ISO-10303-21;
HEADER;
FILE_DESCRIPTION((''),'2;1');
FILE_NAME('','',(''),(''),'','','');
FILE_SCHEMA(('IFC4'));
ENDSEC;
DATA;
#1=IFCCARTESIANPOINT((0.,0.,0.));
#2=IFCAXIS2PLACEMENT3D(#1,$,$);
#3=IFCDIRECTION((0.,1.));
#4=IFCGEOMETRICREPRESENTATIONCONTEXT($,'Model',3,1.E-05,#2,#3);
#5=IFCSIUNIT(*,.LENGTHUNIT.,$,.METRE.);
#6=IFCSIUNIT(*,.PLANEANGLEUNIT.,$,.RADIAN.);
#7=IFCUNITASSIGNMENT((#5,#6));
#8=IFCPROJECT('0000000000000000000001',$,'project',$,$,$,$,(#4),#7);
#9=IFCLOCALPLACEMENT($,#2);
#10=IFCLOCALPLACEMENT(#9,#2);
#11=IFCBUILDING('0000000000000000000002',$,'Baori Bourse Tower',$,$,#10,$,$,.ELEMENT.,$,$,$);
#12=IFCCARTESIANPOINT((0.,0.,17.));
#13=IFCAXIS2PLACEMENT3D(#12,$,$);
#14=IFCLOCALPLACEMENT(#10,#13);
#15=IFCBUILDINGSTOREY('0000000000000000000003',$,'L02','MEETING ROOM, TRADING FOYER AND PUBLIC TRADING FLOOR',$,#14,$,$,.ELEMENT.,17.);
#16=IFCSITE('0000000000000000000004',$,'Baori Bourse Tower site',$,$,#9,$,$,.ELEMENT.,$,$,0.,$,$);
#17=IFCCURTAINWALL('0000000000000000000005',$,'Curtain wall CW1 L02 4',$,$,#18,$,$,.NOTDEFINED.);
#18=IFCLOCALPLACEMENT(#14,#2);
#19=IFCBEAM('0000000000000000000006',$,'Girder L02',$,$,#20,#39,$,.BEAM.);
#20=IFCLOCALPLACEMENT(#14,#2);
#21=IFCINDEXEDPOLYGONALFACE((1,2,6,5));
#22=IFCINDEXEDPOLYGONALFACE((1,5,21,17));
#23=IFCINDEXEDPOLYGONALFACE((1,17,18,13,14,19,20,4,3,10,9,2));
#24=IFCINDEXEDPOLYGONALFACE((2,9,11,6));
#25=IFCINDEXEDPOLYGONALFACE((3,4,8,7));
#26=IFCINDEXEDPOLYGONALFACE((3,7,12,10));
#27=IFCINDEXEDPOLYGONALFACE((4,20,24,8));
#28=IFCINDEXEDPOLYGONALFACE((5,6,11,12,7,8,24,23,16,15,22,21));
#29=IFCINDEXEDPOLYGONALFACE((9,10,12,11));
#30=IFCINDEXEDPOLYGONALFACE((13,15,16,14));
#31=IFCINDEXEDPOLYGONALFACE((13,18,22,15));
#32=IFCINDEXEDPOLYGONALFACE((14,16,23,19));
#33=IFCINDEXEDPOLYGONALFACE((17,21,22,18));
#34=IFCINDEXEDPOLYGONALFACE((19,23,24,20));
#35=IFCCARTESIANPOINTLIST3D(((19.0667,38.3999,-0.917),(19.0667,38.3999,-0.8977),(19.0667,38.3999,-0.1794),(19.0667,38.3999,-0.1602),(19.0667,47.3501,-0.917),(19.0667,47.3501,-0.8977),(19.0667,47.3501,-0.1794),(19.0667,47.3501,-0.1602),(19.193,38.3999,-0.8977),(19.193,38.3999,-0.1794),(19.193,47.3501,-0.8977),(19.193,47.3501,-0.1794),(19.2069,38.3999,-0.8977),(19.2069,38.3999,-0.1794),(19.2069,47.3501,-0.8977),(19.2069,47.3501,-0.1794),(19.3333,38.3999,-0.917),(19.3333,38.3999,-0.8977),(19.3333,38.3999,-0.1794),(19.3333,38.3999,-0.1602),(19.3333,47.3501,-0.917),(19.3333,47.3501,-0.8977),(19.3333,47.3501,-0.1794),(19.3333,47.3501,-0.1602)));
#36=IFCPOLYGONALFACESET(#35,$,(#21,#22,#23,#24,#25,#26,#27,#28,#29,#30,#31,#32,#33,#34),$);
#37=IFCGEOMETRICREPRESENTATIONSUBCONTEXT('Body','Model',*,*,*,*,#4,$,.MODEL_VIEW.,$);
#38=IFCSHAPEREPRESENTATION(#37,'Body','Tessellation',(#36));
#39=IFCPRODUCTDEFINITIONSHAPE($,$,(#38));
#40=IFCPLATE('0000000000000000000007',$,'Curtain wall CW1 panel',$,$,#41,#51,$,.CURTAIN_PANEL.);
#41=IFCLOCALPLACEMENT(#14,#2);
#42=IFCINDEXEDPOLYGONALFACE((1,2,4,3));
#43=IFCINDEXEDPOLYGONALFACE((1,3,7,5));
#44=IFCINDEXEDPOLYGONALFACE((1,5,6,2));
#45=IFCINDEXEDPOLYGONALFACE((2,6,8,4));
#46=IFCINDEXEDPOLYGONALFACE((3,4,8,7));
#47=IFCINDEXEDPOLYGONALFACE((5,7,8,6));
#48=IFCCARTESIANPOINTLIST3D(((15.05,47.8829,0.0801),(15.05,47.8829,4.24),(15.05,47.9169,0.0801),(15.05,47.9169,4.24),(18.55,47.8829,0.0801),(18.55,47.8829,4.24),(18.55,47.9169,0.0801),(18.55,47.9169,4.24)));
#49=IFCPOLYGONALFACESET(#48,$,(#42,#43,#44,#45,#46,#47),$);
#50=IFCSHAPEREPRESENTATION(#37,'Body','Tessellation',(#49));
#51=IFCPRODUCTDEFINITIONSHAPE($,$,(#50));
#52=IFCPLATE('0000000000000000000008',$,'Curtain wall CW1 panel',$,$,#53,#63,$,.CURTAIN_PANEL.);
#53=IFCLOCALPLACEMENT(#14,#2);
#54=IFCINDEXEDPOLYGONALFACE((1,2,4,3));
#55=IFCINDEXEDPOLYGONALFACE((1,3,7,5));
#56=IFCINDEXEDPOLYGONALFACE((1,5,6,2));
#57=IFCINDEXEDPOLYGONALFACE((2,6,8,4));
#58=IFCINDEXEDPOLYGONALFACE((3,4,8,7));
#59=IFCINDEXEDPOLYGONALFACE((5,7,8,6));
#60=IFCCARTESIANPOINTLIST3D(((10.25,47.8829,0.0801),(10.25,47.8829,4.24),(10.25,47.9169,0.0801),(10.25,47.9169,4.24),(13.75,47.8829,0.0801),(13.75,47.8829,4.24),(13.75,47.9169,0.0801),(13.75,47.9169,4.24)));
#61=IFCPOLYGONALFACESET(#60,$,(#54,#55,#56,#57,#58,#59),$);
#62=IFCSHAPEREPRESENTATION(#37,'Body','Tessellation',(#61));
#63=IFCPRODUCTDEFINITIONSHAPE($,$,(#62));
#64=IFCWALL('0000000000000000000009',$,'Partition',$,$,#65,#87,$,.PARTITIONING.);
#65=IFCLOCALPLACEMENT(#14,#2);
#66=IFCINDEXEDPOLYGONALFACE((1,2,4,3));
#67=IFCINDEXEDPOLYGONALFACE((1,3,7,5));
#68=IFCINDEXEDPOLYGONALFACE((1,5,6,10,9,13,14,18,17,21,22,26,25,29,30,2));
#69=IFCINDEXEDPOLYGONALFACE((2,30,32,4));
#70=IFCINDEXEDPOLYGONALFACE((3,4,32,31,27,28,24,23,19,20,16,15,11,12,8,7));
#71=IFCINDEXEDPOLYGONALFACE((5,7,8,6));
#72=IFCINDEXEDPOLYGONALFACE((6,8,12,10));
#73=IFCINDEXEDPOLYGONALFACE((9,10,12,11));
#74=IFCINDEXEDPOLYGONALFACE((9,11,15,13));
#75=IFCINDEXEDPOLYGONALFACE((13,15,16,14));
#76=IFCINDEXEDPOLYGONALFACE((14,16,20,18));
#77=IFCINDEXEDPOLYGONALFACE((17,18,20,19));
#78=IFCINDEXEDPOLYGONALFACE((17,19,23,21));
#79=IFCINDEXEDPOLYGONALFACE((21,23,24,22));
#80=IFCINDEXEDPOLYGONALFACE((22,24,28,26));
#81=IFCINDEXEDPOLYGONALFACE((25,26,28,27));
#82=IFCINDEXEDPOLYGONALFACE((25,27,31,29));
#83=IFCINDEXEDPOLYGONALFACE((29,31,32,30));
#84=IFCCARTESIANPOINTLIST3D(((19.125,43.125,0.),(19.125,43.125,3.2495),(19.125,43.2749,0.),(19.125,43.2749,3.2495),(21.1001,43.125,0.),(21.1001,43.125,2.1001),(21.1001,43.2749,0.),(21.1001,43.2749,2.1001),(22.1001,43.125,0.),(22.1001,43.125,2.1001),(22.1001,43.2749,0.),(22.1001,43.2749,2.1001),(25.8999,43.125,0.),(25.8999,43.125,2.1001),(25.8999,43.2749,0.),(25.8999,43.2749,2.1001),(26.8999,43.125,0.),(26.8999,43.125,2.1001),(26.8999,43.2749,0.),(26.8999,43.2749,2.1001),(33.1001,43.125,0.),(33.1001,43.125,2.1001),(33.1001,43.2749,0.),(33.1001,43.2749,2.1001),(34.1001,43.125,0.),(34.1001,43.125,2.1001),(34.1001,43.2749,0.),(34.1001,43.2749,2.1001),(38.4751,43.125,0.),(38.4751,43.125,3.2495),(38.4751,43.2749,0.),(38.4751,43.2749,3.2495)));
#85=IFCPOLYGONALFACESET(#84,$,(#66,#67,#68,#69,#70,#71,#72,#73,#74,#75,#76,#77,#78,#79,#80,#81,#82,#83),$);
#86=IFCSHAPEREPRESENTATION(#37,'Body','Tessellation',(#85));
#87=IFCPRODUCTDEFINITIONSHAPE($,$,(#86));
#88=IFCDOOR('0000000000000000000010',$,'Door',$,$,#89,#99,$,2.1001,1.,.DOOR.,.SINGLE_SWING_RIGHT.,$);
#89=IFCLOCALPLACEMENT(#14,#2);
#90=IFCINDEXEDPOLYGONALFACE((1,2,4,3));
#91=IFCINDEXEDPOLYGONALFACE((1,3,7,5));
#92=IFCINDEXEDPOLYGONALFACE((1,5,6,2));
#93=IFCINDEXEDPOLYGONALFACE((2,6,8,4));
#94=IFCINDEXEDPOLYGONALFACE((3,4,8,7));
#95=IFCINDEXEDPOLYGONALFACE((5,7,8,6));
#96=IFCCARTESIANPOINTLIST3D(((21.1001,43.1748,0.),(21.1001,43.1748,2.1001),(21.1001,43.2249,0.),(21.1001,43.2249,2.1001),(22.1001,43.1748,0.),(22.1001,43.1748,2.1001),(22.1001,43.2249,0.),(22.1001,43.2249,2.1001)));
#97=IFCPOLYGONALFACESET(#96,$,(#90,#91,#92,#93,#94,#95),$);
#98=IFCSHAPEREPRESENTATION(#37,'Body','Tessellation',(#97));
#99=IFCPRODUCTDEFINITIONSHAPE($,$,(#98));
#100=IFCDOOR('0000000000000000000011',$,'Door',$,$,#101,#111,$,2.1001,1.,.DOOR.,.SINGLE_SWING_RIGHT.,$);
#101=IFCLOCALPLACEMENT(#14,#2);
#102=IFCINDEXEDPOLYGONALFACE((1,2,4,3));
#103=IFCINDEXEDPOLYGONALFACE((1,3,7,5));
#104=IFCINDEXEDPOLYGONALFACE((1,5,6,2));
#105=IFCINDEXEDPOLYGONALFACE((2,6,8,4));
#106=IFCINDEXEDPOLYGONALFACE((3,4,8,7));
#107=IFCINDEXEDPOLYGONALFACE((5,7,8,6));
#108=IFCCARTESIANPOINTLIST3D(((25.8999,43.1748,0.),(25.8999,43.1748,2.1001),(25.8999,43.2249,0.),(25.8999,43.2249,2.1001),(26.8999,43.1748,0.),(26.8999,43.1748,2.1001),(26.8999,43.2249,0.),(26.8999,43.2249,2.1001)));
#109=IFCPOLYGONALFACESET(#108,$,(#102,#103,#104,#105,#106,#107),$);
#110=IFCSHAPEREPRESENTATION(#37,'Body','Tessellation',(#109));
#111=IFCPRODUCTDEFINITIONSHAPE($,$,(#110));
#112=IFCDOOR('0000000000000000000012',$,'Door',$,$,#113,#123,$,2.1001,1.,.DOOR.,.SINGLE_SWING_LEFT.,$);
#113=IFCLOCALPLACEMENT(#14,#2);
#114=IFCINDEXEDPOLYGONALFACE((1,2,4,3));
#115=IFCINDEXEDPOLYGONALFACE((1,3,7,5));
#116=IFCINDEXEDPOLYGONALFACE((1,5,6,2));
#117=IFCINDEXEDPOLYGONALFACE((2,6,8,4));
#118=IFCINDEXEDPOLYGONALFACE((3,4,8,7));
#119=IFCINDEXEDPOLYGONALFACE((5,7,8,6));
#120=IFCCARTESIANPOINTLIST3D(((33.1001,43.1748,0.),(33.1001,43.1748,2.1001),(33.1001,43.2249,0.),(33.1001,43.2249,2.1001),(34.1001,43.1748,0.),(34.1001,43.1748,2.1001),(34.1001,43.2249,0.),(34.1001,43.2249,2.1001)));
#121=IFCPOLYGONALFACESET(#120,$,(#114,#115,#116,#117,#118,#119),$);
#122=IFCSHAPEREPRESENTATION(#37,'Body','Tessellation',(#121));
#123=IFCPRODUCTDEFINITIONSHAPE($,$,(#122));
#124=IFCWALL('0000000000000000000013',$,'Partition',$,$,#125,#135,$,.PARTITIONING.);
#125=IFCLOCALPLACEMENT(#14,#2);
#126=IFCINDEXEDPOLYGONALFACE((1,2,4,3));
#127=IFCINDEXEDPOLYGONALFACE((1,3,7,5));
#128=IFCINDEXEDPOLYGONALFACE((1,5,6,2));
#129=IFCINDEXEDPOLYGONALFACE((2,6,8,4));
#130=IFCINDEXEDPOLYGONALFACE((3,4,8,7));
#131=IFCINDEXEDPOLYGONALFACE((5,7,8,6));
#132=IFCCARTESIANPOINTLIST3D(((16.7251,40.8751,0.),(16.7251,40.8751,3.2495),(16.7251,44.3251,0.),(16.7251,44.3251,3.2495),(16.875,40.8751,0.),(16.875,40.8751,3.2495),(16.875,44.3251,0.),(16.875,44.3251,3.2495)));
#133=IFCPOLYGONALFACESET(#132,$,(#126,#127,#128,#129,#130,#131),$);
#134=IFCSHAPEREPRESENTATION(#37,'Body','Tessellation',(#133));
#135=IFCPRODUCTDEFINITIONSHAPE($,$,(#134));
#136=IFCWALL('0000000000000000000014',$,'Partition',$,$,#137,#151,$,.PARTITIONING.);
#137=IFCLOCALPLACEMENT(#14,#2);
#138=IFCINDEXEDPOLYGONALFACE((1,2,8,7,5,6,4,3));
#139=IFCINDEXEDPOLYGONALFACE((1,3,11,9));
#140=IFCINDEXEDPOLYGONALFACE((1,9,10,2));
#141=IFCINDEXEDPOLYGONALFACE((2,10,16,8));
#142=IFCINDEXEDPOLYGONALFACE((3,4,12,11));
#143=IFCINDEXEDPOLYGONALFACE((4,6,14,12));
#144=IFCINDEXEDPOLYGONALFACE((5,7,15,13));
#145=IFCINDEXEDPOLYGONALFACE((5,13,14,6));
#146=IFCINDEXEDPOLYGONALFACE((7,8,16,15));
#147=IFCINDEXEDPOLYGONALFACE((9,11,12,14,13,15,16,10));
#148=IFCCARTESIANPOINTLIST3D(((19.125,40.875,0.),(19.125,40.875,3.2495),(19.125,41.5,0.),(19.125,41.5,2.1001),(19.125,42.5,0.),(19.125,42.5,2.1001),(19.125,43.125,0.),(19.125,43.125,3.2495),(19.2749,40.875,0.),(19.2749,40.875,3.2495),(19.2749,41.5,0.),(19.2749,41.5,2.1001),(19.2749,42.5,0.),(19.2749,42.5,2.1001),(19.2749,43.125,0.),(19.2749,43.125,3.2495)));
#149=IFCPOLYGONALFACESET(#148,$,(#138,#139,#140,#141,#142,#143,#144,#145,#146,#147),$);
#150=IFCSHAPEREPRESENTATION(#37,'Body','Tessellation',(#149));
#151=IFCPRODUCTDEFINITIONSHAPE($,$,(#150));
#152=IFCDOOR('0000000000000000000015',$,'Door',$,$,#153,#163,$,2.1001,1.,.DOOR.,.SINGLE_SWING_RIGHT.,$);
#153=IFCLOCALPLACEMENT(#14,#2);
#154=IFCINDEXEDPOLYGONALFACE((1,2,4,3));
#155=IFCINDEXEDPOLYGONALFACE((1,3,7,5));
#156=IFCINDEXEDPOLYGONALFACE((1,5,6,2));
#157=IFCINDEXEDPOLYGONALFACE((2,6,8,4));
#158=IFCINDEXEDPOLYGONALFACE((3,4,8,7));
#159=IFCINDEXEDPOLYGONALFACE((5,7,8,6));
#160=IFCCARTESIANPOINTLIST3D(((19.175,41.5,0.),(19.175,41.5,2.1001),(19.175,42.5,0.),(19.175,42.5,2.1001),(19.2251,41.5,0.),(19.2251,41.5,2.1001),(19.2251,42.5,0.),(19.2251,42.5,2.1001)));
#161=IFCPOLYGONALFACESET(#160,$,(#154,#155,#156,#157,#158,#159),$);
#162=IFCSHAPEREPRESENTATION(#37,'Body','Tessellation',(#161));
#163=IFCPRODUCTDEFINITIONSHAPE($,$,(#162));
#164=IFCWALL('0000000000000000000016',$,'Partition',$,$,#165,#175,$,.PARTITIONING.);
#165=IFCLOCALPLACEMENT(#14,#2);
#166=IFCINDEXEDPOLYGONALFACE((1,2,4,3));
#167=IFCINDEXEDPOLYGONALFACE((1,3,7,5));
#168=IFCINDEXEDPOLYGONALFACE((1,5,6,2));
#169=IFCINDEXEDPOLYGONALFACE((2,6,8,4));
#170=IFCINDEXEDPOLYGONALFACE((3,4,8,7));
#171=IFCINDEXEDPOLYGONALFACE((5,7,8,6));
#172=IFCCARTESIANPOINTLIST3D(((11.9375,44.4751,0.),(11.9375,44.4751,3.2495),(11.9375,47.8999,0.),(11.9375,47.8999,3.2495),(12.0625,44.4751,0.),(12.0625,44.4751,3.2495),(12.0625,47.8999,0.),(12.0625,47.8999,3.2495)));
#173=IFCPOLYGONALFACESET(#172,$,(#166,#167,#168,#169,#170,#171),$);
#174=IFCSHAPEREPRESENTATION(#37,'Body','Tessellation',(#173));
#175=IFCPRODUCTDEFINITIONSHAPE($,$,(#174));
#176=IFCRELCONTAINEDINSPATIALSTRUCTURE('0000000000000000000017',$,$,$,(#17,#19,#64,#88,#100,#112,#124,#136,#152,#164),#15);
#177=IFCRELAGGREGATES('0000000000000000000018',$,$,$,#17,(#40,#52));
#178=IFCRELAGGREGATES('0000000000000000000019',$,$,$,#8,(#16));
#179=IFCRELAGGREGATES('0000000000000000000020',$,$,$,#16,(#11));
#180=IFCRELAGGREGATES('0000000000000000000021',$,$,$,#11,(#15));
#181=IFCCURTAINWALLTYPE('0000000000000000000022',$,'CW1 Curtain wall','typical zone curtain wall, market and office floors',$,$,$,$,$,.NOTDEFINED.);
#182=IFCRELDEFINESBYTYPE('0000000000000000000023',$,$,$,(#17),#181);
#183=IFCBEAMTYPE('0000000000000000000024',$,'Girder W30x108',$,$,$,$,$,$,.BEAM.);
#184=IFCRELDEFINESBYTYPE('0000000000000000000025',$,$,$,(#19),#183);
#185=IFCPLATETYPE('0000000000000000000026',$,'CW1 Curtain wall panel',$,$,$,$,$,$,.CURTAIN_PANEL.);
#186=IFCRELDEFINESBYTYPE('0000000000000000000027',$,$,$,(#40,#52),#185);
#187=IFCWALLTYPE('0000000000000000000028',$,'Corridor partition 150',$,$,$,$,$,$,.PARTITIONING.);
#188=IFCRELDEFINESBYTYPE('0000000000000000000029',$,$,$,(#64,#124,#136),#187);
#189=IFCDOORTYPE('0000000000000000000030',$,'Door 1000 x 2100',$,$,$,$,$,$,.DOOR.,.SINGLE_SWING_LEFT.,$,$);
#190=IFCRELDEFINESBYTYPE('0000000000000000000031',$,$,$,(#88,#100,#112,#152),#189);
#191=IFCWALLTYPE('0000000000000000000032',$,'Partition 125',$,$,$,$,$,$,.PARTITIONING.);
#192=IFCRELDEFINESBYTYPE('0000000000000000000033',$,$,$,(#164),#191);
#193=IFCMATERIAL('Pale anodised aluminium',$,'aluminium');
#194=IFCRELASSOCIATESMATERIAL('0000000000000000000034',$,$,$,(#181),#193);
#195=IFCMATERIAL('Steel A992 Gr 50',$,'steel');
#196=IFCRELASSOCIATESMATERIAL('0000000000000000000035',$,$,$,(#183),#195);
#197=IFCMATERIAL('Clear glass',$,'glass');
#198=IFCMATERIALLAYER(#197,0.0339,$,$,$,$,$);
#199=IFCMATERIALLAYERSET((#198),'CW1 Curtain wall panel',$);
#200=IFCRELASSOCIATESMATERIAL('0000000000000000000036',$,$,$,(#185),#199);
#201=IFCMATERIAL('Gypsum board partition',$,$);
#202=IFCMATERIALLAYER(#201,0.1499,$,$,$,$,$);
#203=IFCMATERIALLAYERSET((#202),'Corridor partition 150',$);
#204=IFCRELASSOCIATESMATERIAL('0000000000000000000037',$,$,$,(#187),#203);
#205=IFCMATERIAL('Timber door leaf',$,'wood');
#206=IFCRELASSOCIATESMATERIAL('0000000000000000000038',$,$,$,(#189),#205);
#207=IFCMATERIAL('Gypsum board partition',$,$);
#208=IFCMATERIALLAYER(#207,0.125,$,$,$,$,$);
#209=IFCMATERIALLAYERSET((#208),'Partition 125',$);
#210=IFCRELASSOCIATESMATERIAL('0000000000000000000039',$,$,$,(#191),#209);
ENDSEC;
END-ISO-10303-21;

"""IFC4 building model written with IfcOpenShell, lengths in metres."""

from ifc_helpers import new_model, si_unit, direction, frame, frame_2d, origin, origin_2d, place, context, subcontext, project, spatial, rectangle, i_section, extrude, material, layer, layer_set, material_profile, profile_set, type_object, element, fill, aggregate, save


model = new_model("IFC4")

# Units and contexts
model_context = context("Model", 3, precision=1e-05, world=origin(), true_north=direction((0.0, 1.0)))
body_context = subcontext(model_context, "Body", "Model", "MODEL_VIEW")
ifc_project = project(units=[si_unit("LENGTHUNIT", "METRE"), si_unit("PLANEANGLEUNIT", "RADIAN")], contexts=[model_context])

# Site, building, storey
site_placement = place(None, origin())
site = spatial("IfcSite", under=ifc_project, at=site_placement, Name="Baori Bourse Tower site", CompositionType="ELEMENT", RefElevation=0.0)
building_placement = place(site_placement, origin())
building = spatial("IfcBuilding", under=site, at=building_placement, Name="Baori Bourse Tower", CompositionType="ELEMENT")
storey_placement = place(building_placement, frame((0.0, 0.0, 17.0)))
storey = spatial("IfcBuildingStorey", under=building, at=storey_placement, Name="L02", Description="MEETING ROOM, TRADING FOYER AND PUBLIC TRADING FLOOR", CompositionType="ELEMENT", Elevation=17.0)

# Curtain wall
ifc_material_1 = material(Name="Pale anodised aluminium", Category="aluminium")
curtain_wall_type = type_object("IfcCurtainWallType", Name="CW1 Curtain wall", Description="typical zone curtain wall, market and office floors", PredefinedType="NOTDEFINED", material=ifc_material_1)
curtain_wall_placement = place(storey_placement, origin())
curtain_wall = element("IfcCurtainWall", 1, at=curtain_wall_placement, inside=storey, type_object=curtain_wall_type, Name="Curtain wall CW1 L02 4", PredefinedType="NOTDEFINED")

# Beam
ifc_material_2 = material(Name="Steel A992 Gr 50", Category="steel")
ifc_material_profile_1 = material_profile(ifc_material_2, i_section(OverallWidth=0.2666, OverallDepth=0.7568, WebThickness=0.0139, FlangeThickness=0.0193, at=origin_2d()), Name="W30x108")
ifc_profile_set_1 = profile_set([ifc_material_profile_1], Name="Steel A992 Gr 50")
beam_type_1 = type_object("IfcBeamType", Name="Girder W30x108", PredefinedType="BEAM", material=ifc_profile_set_1)
beam_1_placement = place(storey_placement, frame((19.2, 38.3999, -0.5386), z_axis=(0.0, 1.0, 0.0), x_axis=(-1.0, 0.0, 0.0)))
element("IfcBeam", 2, at=beam_1_placement, inside=storey, type_object=beam_type_1, Name="Girder L02", PredefinedType="BEAM", context=body_context, shape_type="SweptSolid", body=[
    extrude(i_section(OverallWidth=0.2666, OverallDepth=0.7568, WebThickness=0.0139, FlangeThickness=0.0193, at=origin_2d()), origin(), (0.0, 0.0, 1.0), 8.9502),
])

# Plates
ifc_material_3 = material(Name="Clear glass", Category="glass")
ifc_layer_1 = layer(ifc_material_3, 0.0339)
ifc_layer_set_1 = layer_set([ifc_layer_1], Name="CW1 Curtain wall panel")
plate_type = type_object("IfcPlateType", Name="CW1 Curtain wall panel", PredefinedType="CURTAIN_PANEL", material=ifc_layer_set_1)
plate_1_placement = place(storey_placement, frame((16.8, 47.8999, 0.0801), z_axis=(0.0, 0.0, 1.0), x_axis=(-1.0, 0.0, 0.0)))
plate_1 = element("IfcPlate", 3, at=plate_1_placement, type_object=plate_type, Name="Curtain wall CW1 panel", PredefinedType="CURTAIN_PANEL", context=body_context, shape_type="SweptSolid", body=[
    extrude(rectangle(XDim=3.5, YDim=0.0339, at=origin_2d()), origin(), (0.0, 0.0, 1.0), 4.1599),
])
plate_2_placement = place(storey_placement, frame((12.0, 47.8999, 0.0801), z_axis=(0.0, 0.0, 1.0), x_axis=(-1.0, 0.0, 0.0)))
plate_2 = element("IfcPlate", 4, at=plate_2_placement, type_object=plate_type, Name="Curtain wall CW1 panel", PredefinedType="CURTAIN_PANEL", context=body_context, shape_type="SweptSolid", body=[
    extrude(rectangle(XDim=3.5, YDim=0.0339, at=origin_2d()), origin(), (0.0, 0.0, 1.0), 4.1599),
])
aggregate(curtain_wall, [plate_1, plate_2])

# Wall, openings, doors
ifc_material_4 = material(Name="Gypsum board partition")
ifc_layer_2 = layer(ifc_material_4, 0.1499)
ifc_layer_set_2 = layer_set([ifc_layer_2], Name="Corridor partition 150")
wall_type_1 = type_object("IfcWallType", Name="Corridor partition 150", PredefinedType="PARTITIONING", material=ifc_layer_set_2)
wall_1_placement = place(storey_placement, frame((19.125, 43.2, 0.0), z_axis=(0.0, 0.0, 1.0), x_axis=(1.0, 0.0, 0.0)))
wall_1 = element("IfcWall", 5, at=wall_1_placement, inside=storey, type_object=wall_type_1, Name="Partition", PredefinedType="PARTITIONING", context=body_context, shape_type="SweptSolid", body=[
    extrude(rectangle(XDim=19.3501, YDim=0.1499, at=frame_2d((9.675, 0.0))), origin(), (0.0, 0.0, 1.0), 3.2495),
])
opening_1_placement = place(wall_1_placement, frame((1.9751, 0.0, 0.0)))
opening_1 = element("IfcOpeningElement", 6, at=opening_1_placement, cuts=wall_1, PredefinedType="OPENING", context=body_context, shape_type="SweptSolid", body=[
    extrude(rectangle(XDim=1.0, YDim=2.1001, at=frame_2d((0.5, 1.05))), frame((0.0, 0.085, 0.0), z_axis=(0.0, -1.0, 0.0), x_axis=(1.0, 0.0, 0.0)), (0.0, 0.0, 1.0), 0.1699),
])
opening_2_placement = place(wall_1_placement, frame((6.7749, 0.0, 0.0)))
opening_2 = element("IfcOpeningElement", 7, at=opening_2_placement, cuts=wall_1, PredefinedType="OPENING", context=body_context, shape_type="SweptSolid", body=[
    extrude(rectangle(XDim=1.0, YDim=2.1001, at=frame_2d((0.5, 1.05))), frame((0.0, 0.085, 0.0), z_axis=(0.0, -1.0, 0.0), x_axis=(1.0, 0.0, 0.0)), (0.0, 0.0, 1.0), 0.1699),
])
opening_3_placement = place(wall_1_placement, frame((13.9751, 0.0, 0.0)))
opening_3 = element("IfcOpeningElement", 8, at=opening_3_placement, cuts=wall_1, PredefinedType="OPENING", context=body_context, shape_type="SweptSolid", body=[
    extrude(rectangle(XDim=1.0, YDim=2.1001, at=frame_2d((0.5, 1.05))), frame((0.0, 0.085, 0.0), z_axis=(0.0, -1.0, 0.0), x_axis=(1.0, 0.0, 0.0)), (0.0, 0.0, 1.0), 0.1699),
])
ifc_material_5 = material(Name="Timber door leaf", Category="wood")
door_type = type_object("IfcDoorType", Name="Door 1000 x 2100", OperationType="SINGLE_SWING_LEFT", PredefinedType="DOOR", material=ifc_material_5)
door_1_placement = place(opening_1_placement, origin())
door_1 = element("IfcDoor", 9, at=door_1_placement, inside=storey, type_object=door_type, Name="Door", OperationType="SINGLE_SWING_RIGHT", OverallHeight=2.1001, OverallWidth=1.0, PredefinedType="DOOR", context=body_context, shape_type="SweptSolid", body=[
    extrude(rectangle(XDim=1.0, YDim=2.1001, at=frame_2d((0.5, 1.05))), frame((0.0, 0.0249, 0.0), z_axis=(0.0, -1.0, 0.0), x_axis=(1.0, 0.0, 0.0)), (0.0, 0.0, 1.0), 0.05),
])
fill(opening_1, door_1)
door_2_placement = place(opening_2_placement, origin())
door_2 = element("IfcDoor", 10, at=door_2_placement, inside=storey, type_object=door_type, Name="Door", OperationType="SINGLE_SWING_RIGHT", OverallHeight=2.1001, OverallWidth=1.0, PredefinedType="DOOR", context=body_context, shape_type="SweptSolid", body=[
    extrude(rectangle(XDim=1.0, YDim=2.1001, at=frame_2d((0.5, 1.05))), frame((0.0, 0.0249, 0.0), z_axis=(0.0, -1.0, 0.0), x_axis=(1.0, 0.0, 0.0)), (0.0, 0.0, 1.0), 0.05),
])
fill(opening_2, door_2)
door_3_placement = place(opening_3_placement, origin())
door_3 = element("IfcDoor", 11, at=door_3_placement, inside=storey, type_object=door_type, Name="Door", OperationType="SINGLE_SWING_LEFT", OverallHeight=2.1001, OverallWidth=1.0, PredefinedType="DOOR", context=body_context, shape_type="SweptSolid", body=[
    extrude(rectangle(XDim=1.0, YDim=2.1001, at=frame_2d((0.5, 1.05))), frame((0.0, 0.0249, 0.0), z_axis=(0.0, -1.0, 0.0), x_axis=(1.0, 0.0, 0.0)), (0.0, 0.0, 1.0), 0.05),
])
fill(opening_3, door_3)

# Wall
wall_2_placement = place(storey_placement, frame((16.8, 40.875, 0.0), z_axis=(0.0, 0.0, 1.0), x_axis=(0.0, 1.0, 0.0)))
element("IfcWall", 12, at=wall_2_placement, inside=storey, type_object=wall_type_1, Name="Partition", PredefinedType="PARTITIONING", context=body_context, shape_type="SweptSolid", body=[
    extrude(rectangle(XDim=3.45, YDim=0.1499, at=frame_2d((1.7251, 0.0))), origin(), (0.0, 0.0, 1.0), 3.2495),
])

# Wall, opening, door
wall_3_placement = place(storey_placement, frame((19.2, 40.875, 0.0), z_axis=(0.0, 0.0, 1.0), x_axis=(0.0, 1.0, 0.0)))
wall_3 = element("IfcWall", 13, at=wall_3_placement, inside=storey, type_object=wall_type_1, Name="Partition", PredefinedType="PARTITIONING", context=body_context, shape_type="SweptSolid", body=[
    extrude(rectangle(XDim=2.25, YDim=0.1499, at=frame_2d((1.125, 0.0))), origin(), (0.0, 0.0, 1.0), 3.2495),
])
opening_4_placement = place(wall_3_placement, frame((0.625, 0.0, 0.0)))
opening_4 = element("IfcOpeningElement", 14, at=opening_4_placement, cuts=wall_3, PredefinedType="OPENING", context=body_context, shape_type="SweptSolid", body=[
    extrude(rectangle(XDim=1.0, YDim=2.1001, at=frame_2d((0.5, 1.05))), frame((0.0, 0.085, 0.0), z_axis=(0.0, -1.0, 0.0), x_axis=(1.0, 0.0, 0.0)), (0.0, 0.0, 1.0), 0.1699),
])
door_4_placement = place(opening_4_placement, origin())
door_4 = element("IfcDoor", 15, at=door_4_placement, inside=storey, type_object=door_type, Name="Door", OperationType="SINGLE_SWING_RIGHT", OverallHeight=2.1001, OverallWidth=1.0, PredefinedType="DOOR", context=body_context, shape_type="SweptSolid", body=[
    extrude(rectangle(XDim=1.0, YDim=2.1001, at=frame_2d((0.5, 1.05))), frame((0.0, 0.0249, 0.0), z_axis=(0.0, -1.0, 0.0), x_axis=(1.0, 0.0, 0.0)), (0.0, 0.0, 1.0), 0.05),
])
fill(opening_4, door_4)

# Wall
ifc_material_6 = material(Name="Gypsum board partition")
ifc_layer_3 = layer(ifc_material_6, 0.125)
ifc_layer_set_3 = layer_set([ifc_layer_3], Name="Partition 125")
wall_type_2 = type_object("IfcWallType", Name="Partition 125", PredefinedType="PARTITIONING", material=ifc_layer_set_3)
wall_4_placement = place(storey_placement, frame((12.0, 44.4751, 0.0), z_axis=(0.0, 0.0, 1.0), x_axis=(0.0, 1.0, 0.0)))
element("IfcWall", 16, at=wall_4_placement, inside=storey, type_object=wall_type_2, Name="Partition", PredefinedType="PARTITIONING", context=body_context, shape_type="SweptSolid", body=[
    extrude(rectangle(XDim=3.4248, YDim=0.125, at=frame_2d((1.7124, 0.0))), origin(), (0.0, 0.0, 1.0), 3.2495),
])

save(model, "model.ifc")
